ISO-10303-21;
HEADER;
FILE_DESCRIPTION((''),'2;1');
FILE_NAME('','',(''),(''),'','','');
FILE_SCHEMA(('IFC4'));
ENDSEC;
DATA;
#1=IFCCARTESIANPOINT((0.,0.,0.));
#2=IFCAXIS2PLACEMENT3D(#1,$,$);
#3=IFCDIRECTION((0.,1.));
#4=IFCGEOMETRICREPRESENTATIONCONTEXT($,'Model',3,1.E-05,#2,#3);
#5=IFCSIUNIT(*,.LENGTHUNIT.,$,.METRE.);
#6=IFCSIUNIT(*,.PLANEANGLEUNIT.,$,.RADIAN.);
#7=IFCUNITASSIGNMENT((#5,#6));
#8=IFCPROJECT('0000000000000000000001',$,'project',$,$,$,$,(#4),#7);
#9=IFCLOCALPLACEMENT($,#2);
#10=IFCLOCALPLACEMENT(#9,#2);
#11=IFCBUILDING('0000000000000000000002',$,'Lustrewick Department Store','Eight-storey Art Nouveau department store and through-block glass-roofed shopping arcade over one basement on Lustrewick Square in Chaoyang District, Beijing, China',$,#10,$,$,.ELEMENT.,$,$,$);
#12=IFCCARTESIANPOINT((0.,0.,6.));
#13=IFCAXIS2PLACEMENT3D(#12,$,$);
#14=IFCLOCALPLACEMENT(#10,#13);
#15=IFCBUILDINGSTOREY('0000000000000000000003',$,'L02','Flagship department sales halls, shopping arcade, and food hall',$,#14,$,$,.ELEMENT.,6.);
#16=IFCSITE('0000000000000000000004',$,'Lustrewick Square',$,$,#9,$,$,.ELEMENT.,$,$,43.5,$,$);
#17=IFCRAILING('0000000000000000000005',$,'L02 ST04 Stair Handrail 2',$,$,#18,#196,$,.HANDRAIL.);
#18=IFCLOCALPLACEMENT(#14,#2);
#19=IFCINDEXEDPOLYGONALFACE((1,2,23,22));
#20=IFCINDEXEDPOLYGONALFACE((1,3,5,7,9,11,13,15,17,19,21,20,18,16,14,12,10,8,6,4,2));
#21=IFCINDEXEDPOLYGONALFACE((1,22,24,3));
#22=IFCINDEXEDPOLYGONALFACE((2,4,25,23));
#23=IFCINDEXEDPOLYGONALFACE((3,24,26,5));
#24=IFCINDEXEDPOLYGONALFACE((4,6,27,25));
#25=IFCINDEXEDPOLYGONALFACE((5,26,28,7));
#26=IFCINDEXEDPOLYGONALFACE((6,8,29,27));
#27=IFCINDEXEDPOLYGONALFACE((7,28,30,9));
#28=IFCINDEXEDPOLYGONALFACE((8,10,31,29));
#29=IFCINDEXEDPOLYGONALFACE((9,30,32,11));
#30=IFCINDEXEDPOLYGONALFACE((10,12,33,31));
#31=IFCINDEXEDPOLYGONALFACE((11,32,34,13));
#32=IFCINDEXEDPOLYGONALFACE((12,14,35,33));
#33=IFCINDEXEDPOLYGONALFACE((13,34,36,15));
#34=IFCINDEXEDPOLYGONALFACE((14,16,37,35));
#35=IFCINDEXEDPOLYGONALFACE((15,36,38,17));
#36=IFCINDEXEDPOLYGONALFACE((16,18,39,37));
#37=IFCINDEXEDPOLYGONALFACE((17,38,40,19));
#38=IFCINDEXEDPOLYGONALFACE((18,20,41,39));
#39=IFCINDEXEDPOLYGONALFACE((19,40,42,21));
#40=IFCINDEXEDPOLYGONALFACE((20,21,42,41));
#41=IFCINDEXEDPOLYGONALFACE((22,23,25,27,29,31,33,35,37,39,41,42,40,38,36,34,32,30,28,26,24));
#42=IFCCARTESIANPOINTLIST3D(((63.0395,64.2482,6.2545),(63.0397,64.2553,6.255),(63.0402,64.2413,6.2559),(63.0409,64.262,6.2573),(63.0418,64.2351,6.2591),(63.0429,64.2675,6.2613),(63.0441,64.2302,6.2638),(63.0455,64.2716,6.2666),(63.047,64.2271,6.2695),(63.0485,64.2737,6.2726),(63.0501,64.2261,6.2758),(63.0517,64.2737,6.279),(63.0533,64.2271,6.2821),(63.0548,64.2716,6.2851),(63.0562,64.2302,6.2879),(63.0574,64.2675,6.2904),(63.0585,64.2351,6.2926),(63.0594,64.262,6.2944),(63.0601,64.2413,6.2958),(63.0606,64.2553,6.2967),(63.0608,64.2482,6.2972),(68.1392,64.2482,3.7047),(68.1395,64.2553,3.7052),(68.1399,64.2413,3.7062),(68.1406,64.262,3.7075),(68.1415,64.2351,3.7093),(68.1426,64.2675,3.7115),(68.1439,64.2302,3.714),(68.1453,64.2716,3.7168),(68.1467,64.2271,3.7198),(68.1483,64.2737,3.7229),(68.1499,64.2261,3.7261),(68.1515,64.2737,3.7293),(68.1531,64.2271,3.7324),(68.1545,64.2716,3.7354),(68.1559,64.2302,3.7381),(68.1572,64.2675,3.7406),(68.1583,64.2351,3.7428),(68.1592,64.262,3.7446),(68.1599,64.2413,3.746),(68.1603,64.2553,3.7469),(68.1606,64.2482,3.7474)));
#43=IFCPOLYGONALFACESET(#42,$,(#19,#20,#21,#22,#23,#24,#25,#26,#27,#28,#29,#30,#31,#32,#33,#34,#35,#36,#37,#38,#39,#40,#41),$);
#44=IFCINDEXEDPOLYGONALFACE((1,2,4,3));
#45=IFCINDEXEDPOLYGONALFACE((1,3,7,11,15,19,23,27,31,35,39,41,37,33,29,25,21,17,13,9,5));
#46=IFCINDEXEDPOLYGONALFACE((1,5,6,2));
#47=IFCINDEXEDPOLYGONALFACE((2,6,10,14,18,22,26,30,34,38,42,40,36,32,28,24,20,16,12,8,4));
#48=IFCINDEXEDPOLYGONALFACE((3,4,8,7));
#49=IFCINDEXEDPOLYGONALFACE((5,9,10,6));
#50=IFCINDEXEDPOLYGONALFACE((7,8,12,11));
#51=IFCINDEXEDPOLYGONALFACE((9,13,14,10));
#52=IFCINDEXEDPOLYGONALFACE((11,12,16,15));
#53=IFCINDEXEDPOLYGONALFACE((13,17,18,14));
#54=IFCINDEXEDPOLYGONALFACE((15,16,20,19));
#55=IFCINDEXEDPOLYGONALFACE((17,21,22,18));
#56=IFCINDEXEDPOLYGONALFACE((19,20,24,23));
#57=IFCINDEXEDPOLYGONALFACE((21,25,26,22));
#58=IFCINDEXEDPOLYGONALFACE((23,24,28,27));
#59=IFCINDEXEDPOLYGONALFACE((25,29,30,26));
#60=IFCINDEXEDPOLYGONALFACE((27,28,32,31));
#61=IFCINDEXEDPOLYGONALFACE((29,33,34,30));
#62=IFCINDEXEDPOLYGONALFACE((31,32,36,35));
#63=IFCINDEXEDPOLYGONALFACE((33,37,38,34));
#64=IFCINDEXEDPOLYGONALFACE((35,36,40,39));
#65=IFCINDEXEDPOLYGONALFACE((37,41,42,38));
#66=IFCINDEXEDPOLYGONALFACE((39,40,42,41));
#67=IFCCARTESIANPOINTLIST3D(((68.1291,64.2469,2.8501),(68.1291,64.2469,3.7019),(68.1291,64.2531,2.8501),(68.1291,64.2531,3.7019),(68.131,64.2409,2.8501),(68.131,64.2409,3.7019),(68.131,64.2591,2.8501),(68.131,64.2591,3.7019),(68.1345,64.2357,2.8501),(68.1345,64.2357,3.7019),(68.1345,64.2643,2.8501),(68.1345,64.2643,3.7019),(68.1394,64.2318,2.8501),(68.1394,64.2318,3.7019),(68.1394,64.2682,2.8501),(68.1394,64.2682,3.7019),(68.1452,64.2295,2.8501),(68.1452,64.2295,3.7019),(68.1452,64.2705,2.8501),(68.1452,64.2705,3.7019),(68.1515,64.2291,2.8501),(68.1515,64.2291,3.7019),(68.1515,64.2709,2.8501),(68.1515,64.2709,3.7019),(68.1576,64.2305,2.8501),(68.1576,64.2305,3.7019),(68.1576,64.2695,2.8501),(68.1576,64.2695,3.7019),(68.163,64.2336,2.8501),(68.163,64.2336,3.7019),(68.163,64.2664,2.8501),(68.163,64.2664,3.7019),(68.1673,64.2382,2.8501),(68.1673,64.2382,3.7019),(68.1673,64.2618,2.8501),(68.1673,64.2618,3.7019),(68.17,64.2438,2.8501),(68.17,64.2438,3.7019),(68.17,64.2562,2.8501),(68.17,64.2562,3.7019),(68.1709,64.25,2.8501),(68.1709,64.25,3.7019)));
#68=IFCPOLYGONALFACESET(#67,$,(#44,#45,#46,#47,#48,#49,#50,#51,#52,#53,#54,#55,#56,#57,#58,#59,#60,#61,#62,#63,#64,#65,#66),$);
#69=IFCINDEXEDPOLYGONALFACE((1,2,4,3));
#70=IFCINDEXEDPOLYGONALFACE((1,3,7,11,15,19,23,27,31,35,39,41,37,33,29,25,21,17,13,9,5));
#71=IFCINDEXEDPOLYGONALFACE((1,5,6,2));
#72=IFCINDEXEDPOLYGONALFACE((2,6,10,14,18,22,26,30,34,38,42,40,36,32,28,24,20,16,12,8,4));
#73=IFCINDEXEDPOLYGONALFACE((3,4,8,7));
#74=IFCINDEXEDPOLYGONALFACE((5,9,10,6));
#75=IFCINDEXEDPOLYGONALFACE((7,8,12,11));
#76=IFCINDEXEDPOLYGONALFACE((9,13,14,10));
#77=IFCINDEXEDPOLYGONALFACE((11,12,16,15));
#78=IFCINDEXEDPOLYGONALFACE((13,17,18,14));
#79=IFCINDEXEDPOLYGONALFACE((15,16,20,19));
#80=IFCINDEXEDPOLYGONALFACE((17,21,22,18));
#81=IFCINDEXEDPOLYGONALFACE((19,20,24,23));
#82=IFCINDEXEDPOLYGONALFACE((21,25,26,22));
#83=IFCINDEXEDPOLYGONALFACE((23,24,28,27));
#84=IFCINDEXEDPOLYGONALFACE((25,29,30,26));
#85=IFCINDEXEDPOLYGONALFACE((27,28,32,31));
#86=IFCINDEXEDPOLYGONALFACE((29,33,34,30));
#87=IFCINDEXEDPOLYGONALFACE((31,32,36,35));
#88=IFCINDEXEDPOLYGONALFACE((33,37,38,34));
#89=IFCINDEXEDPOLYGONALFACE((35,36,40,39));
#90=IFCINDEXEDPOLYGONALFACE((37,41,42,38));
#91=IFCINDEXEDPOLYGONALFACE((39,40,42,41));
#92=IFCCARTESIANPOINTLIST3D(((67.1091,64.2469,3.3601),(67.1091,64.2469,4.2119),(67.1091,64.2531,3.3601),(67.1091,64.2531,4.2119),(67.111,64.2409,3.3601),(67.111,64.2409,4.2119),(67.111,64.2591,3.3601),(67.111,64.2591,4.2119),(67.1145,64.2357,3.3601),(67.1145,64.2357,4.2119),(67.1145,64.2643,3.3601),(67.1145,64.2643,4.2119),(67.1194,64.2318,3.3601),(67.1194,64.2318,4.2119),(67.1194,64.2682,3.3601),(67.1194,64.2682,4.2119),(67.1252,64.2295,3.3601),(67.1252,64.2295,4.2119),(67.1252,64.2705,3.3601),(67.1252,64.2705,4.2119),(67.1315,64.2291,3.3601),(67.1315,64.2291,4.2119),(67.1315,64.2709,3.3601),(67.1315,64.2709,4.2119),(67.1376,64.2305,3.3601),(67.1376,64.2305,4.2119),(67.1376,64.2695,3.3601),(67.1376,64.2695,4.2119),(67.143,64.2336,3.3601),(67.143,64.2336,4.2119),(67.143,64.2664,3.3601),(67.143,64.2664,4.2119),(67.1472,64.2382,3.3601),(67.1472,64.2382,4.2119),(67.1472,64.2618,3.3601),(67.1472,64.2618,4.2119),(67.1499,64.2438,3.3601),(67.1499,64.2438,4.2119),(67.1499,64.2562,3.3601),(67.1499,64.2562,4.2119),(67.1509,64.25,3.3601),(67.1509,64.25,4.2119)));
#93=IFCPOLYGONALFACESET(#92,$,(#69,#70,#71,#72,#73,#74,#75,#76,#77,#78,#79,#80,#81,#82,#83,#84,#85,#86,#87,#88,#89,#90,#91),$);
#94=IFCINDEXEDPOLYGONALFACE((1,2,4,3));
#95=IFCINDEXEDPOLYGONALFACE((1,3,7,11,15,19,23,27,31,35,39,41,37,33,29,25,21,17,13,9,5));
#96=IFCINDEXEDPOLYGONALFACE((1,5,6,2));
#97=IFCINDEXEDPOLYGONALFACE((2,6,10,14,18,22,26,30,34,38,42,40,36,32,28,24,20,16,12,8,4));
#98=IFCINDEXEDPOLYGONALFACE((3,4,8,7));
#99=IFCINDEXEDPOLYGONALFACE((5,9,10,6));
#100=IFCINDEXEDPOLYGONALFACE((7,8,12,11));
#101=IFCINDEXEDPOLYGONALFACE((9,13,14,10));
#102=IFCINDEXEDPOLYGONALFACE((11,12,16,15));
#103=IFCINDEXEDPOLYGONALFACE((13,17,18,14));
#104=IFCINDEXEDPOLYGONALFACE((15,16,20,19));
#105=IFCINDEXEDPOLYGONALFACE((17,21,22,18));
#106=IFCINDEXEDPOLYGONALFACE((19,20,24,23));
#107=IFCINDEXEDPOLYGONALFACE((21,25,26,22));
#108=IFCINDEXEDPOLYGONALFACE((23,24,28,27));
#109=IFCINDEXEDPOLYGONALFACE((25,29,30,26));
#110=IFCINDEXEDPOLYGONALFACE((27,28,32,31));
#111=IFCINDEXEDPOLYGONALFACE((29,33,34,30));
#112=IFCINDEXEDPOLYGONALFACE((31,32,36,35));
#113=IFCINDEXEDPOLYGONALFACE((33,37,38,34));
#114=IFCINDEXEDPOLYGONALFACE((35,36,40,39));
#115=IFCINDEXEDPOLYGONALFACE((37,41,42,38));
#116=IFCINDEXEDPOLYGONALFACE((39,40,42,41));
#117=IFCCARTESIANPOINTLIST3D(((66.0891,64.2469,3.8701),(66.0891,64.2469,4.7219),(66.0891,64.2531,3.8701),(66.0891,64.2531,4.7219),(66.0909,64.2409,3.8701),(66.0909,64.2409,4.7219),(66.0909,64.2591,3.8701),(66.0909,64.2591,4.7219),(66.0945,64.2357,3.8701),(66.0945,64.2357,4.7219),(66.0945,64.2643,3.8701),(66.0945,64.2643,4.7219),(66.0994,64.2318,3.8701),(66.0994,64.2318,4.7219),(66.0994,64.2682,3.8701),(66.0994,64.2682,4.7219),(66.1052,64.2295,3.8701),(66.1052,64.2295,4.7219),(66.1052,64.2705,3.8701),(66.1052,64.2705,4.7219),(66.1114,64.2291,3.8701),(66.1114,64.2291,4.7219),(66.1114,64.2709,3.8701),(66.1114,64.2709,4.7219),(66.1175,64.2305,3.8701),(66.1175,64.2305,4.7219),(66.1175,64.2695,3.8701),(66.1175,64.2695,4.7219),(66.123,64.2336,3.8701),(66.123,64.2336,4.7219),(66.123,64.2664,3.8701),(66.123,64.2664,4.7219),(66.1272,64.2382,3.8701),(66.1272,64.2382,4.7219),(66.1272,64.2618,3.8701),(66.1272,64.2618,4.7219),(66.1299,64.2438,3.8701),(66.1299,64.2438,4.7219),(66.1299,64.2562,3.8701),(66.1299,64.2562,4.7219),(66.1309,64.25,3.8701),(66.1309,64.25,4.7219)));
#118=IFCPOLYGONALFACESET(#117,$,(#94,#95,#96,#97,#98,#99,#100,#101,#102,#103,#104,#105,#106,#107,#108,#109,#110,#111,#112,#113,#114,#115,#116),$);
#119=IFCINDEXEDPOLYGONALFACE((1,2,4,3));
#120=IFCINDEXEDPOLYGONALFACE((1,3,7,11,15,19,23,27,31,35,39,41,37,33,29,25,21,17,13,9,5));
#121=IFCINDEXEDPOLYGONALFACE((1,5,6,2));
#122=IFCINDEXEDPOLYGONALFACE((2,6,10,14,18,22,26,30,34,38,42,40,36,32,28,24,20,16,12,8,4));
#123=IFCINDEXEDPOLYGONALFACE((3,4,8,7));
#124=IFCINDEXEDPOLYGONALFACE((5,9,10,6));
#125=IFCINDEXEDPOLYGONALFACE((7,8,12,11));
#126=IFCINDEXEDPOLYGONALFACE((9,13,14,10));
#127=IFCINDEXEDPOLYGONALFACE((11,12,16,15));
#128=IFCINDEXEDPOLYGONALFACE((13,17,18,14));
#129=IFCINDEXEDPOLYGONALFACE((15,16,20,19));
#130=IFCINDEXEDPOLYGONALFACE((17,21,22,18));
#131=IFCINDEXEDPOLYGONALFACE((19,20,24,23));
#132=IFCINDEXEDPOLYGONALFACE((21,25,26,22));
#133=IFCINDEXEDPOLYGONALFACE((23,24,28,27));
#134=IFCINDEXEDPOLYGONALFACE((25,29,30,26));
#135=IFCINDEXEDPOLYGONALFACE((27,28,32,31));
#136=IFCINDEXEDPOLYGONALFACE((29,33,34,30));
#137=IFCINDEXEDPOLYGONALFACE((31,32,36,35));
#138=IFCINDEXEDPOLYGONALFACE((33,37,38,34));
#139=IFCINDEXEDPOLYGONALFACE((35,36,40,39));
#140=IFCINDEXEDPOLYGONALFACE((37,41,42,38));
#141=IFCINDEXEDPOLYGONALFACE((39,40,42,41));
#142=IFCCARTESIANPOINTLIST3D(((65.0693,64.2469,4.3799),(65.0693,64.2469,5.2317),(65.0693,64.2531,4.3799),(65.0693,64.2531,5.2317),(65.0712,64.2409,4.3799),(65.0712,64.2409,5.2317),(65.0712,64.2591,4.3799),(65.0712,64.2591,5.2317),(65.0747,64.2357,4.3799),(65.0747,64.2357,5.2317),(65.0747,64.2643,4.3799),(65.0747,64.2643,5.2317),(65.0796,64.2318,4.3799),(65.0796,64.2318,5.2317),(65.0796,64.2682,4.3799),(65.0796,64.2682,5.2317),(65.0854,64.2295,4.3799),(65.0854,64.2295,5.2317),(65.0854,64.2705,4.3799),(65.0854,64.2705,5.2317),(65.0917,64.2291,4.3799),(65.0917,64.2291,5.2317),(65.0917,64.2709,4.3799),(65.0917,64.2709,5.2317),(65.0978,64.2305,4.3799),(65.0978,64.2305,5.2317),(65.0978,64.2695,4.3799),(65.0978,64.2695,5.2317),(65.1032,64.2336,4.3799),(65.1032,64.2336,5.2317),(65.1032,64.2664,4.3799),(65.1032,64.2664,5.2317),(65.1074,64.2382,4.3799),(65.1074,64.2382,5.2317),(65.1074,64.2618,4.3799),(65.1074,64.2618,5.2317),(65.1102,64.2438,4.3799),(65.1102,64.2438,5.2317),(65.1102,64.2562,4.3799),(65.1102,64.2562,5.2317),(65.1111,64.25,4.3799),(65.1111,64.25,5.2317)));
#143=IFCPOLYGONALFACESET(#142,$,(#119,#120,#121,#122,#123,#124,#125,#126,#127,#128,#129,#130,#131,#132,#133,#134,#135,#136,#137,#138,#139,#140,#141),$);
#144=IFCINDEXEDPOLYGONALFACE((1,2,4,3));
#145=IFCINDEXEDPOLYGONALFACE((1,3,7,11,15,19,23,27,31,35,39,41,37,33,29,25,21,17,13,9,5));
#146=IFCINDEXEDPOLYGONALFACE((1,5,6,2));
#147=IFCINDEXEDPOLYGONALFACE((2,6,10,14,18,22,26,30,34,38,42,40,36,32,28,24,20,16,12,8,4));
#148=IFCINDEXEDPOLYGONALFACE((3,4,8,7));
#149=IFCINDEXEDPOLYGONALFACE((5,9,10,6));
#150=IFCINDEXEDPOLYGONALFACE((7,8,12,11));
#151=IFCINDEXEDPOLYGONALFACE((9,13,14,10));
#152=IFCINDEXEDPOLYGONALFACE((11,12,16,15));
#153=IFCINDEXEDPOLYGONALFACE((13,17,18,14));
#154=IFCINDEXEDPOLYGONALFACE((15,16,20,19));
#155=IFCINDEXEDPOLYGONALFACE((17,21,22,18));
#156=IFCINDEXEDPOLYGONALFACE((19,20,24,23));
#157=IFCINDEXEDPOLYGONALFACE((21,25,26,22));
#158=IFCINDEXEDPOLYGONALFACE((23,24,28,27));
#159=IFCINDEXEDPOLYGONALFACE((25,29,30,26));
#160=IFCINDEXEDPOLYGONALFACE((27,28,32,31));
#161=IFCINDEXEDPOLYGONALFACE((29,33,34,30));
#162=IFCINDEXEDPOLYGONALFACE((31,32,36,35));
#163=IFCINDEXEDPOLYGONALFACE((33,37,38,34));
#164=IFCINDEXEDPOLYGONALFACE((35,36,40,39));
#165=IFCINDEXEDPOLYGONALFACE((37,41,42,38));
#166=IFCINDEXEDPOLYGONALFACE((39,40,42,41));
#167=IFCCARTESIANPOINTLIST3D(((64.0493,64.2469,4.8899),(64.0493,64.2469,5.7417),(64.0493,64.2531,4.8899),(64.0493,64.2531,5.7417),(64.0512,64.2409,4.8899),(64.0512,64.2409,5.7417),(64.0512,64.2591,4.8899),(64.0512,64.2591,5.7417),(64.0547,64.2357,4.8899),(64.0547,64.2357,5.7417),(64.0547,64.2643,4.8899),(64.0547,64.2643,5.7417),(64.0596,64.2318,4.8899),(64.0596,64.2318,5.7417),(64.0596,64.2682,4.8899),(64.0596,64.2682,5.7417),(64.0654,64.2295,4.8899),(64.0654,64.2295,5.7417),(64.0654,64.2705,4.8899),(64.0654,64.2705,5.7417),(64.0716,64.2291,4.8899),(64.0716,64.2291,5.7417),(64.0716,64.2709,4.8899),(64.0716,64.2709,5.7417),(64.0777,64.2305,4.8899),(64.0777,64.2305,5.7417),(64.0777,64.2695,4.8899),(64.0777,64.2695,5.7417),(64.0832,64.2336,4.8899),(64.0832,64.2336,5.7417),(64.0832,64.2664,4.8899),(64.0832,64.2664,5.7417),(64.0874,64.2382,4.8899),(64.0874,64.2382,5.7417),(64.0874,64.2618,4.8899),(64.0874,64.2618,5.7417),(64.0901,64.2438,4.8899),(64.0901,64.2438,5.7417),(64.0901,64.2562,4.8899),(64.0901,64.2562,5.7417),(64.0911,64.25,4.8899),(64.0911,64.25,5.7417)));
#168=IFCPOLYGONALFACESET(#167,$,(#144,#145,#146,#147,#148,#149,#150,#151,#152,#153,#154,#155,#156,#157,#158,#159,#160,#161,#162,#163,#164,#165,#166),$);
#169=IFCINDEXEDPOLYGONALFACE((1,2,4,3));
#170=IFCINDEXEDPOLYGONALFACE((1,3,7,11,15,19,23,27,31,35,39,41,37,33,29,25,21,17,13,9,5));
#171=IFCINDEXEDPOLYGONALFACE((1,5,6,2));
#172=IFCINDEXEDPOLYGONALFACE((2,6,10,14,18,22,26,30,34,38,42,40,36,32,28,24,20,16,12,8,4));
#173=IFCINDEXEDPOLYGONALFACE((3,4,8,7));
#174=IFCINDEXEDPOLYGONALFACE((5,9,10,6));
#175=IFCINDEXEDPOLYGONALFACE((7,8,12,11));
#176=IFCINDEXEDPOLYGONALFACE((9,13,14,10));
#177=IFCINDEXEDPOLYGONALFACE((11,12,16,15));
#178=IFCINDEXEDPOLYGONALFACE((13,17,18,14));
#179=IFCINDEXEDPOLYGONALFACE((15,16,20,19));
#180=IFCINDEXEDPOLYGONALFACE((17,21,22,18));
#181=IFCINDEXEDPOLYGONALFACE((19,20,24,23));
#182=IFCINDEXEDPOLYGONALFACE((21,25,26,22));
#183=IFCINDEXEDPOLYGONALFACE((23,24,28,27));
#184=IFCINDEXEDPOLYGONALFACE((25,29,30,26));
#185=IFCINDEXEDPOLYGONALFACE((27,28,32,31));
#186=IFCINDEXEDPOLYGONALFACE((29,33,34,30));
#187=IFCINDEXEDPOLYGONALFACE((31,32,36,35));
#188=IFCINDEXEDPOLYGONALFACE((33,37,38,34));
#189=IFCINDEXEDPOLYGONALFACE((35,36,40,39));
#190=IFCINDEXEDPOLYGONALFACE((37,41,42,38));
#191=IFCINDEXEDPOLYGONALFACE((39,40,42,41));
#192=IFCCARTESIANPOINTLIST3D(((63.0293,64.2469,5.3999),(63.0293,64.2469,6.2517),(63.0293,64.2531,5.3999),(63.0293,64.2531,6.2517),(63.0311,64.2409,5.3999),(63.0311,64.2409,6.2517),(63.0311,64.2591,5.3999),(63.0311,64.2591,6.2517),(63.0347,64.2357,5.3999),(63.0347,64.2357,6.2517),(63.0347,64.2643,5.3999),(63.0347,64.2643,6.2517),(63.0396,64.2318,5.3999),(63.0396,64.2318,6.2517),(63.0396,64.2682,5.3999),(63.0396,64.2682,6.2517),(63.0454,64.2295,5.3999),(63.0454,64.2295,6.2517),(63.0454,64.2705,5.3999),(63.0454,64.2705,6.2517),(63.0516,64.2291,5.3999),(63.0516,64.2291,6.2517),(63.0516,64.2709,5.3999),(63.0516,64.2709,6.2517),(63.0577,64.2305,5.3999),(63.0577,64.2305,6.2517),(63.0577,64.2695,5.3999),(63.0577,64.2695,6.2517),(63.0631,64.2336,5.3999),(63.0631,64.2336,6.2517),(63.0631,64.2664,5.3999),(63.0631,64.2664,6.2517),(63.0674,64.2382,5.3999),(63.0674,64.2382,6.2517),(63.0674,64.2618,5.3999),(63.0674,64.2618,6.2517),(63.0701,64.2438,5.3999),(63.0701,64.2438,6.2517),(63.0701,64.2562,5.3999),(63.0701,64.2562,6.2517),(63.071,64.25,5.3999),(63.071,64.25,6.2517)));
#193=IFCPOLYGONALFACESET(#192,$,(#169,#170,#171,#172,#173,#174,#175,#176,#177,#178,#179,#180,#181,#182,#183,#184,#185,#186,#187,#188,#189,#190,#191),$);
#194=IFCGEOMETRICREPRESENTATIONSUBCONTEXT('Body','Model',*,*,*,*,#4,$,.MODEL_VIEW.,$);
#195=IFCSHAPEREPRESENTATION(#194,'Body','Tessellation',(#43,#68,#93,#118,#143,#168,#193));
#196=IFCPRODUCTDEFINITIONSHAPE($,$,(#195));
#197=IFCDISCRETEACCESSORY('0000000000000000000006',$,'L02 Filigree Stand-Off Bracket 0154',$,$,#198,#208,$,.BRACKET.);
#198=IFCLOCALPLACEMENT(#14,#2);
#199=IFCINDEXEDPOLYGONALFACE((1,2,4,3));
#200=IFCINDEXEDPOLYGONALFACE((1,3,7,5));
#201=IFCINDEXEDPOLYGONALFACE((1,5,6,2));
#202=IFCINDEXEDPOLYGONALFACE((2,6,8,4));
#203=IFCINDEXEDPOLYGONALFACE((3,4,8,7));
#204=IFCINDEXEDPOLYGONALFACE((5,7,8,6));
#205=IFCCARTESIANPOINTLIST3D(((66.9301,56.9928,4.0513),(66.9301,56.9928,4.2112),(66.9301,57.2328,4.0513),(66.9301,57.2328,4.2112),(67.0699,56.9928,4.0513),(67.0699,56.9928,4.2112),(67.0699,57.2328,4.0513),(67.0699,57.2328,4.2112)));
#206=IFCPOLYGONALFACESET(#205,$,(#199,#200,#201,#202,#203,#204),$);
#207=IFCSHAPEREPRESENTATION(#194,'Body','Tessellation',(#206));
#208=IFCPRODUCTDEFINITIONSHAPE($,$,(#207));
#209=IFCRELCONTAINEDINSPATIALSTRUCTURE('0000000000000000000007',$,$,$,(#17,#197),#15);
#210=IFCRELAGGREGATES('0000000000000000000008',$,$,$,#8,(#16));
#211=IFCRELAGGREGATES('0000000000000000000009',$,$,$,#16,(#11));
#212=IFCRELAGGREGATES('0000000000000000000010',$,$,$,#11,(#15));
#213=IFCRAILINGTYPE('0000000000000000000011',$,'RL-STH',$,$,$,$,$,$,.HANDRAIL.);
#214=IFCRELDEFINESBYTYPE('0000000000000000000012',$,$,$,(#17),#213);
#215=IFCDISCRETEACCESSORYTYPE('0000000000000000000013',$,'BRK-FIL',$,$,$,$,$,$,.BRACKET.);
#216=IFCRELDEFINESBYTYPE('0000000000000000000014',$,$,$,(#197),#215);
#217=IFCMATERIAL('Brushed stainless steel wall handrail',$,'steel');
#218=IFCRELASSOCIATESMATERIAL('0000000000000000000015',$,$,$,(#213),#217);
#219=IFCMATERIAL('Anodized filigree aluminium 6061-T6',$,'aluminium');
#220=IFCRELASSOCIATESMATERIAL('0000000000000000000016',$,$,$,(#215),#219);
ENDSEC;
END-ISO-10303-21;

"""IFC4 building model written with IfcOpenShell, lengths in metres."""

from ifc_helpers import new_model, si_unit, direction, frame, origin, origin_2d, place, context, subcontext, project, spatial, rectangle, circle, extrude, material, type_object, element, save


model = new_model("IFC4")

# Units and contexts
model_context = context("Model", 3, precision=1e-05, world=origin(), true_north=direction((0.0, 1.0)))
body_context = subcontext(model_context, "Body", "Model", "MODEL_VIEW")
ifc_project = project(units=[si_unit("LENGTHUNIT", "METRE"), si_unit("PLANEANGLEUNIT", "RADIAN")], contexts=[model_context])

# Site, building, storey
site_placement = place(None, origin())
site = spatial("IfcSite", under=ifc_project, at=site_placement, Name="Lustrewick Square", CompositionType="ELEMENT", RefElevation=43.5)
building_placement = place(site_placement, origin())
building = spatial("IfcBuilding", under=site, at=building_placement, Name="Lustrewick Department Store", Description="Eight-storey Art Nouveau department store and through-block glass-roofed shopping arcade over one basement on Lustrewick Square in Chaoyang District, Beijing, China", CompositionType="ELEMENT")
storey_placement = place(building_placement, frame((0.0, 0.0, 6.0)))
storey = spatial("IfcBuildingStorey", under=building, at=storey_placement, Name="L02", Description="Flagship department sales halls, shopping arcade, and food hall", CompositionType="ELEMENT", Elevation=6.0)

# Railing
ifc_material_1 = material(Name="Brushed stainless steel wall handrail", Category="steel")
railing_type_1 = type_object("IfcRailingType", Name="RL-STH", PredefinedType="HANDRAIL", material=ifc_material_1)
railing_1_placement = place(storey_placement, frame((68.1499, 64.25, 2.8501)))
element("IfcRailing", 1, at=railing_1_placement, inside=storey, type_object=railing_type_1, Name="L02 ST04 Stair Handrail 2", PredefinedType="HANDRAIL", context=body_context, shape_type="SweptSolid", body=[
    extrude(circle(Radius=0.0239, at=origin_2d()), frame((0.0, 0.0, 0.876), z_axis=(-0.894436, 0.0, 0.447196), x_axis=(0.0, -1.0, 0.0)), (0.0, 0.0, 1.0), 5.7017),
    extrude(circle(Radius=0.021, at=origin_2d()), origin(), (0.0, 0.0, 1.0), 0.8518),
    extrude(circle(Radius=0.021, at=origin_2d()), frame((-1.02, 0.0, 0.51)), (0.0, 0.0, 1.0), 0.8518),
    extrude(circle(Radius=0.021, at=origin_2d()), frame((-2.04, 0.0, 1.02)), (0.0, 0.0, 1.0), 0.8518),
    extrude(circle(Radius=0.021, at=origin_2d()), frame((-3.0598, 0.0, 1.5298)), (0.0, 0.0, 1.0), 0.8518),
    extrude(circle(Radius=0.021, at=origin_2d()), frame((-4.0798, 0.0, 2.0398)), (0.0, 0.0, 1.0), 0.8518),
    extrude(circle(Radius=0.021, at=origin_2d()), frame((-5.0999, 0.0, 2.5498)), (0.0, 0.0, 1.0), 0.8518),
])

# Discrete accessory
ifc_material_2 = material(Name="Anodized filigree aluminium 6061-T6", Category="aluminium")
discrete_accessory_type = type_object("IfcDiscreteAccessoryType", Name="BRK-FIL", PredefinedType="BRACKET", material=ifc_material_2)
for number, where, z_axis, x_axis, name in (
    (2, (67.0, 57.1128, 4.0513), (0.0, 0.0, 1.0), (0.0, -1.0, 0.0), "L02 Filigree Stand-Off Bracket 0154"),
):
    element("IfcDiscreteAccessory", number, at=place(storey_placement, frame(where, z_axis=z_axis, x_axis=x_axis)), inside=storey, type_object=discrete_accessory_type, Name=name, PredefinedType="BRACKET", context=body_context, shape_type="SweptSolid", body=[
        extrude(rectangle(XDim=0.24, YDim=0.1399, at=origin_2d()), origin(), (0.0, 0.0, 1.0), 0.1599),
    ])

save(model, "model.ifc")
